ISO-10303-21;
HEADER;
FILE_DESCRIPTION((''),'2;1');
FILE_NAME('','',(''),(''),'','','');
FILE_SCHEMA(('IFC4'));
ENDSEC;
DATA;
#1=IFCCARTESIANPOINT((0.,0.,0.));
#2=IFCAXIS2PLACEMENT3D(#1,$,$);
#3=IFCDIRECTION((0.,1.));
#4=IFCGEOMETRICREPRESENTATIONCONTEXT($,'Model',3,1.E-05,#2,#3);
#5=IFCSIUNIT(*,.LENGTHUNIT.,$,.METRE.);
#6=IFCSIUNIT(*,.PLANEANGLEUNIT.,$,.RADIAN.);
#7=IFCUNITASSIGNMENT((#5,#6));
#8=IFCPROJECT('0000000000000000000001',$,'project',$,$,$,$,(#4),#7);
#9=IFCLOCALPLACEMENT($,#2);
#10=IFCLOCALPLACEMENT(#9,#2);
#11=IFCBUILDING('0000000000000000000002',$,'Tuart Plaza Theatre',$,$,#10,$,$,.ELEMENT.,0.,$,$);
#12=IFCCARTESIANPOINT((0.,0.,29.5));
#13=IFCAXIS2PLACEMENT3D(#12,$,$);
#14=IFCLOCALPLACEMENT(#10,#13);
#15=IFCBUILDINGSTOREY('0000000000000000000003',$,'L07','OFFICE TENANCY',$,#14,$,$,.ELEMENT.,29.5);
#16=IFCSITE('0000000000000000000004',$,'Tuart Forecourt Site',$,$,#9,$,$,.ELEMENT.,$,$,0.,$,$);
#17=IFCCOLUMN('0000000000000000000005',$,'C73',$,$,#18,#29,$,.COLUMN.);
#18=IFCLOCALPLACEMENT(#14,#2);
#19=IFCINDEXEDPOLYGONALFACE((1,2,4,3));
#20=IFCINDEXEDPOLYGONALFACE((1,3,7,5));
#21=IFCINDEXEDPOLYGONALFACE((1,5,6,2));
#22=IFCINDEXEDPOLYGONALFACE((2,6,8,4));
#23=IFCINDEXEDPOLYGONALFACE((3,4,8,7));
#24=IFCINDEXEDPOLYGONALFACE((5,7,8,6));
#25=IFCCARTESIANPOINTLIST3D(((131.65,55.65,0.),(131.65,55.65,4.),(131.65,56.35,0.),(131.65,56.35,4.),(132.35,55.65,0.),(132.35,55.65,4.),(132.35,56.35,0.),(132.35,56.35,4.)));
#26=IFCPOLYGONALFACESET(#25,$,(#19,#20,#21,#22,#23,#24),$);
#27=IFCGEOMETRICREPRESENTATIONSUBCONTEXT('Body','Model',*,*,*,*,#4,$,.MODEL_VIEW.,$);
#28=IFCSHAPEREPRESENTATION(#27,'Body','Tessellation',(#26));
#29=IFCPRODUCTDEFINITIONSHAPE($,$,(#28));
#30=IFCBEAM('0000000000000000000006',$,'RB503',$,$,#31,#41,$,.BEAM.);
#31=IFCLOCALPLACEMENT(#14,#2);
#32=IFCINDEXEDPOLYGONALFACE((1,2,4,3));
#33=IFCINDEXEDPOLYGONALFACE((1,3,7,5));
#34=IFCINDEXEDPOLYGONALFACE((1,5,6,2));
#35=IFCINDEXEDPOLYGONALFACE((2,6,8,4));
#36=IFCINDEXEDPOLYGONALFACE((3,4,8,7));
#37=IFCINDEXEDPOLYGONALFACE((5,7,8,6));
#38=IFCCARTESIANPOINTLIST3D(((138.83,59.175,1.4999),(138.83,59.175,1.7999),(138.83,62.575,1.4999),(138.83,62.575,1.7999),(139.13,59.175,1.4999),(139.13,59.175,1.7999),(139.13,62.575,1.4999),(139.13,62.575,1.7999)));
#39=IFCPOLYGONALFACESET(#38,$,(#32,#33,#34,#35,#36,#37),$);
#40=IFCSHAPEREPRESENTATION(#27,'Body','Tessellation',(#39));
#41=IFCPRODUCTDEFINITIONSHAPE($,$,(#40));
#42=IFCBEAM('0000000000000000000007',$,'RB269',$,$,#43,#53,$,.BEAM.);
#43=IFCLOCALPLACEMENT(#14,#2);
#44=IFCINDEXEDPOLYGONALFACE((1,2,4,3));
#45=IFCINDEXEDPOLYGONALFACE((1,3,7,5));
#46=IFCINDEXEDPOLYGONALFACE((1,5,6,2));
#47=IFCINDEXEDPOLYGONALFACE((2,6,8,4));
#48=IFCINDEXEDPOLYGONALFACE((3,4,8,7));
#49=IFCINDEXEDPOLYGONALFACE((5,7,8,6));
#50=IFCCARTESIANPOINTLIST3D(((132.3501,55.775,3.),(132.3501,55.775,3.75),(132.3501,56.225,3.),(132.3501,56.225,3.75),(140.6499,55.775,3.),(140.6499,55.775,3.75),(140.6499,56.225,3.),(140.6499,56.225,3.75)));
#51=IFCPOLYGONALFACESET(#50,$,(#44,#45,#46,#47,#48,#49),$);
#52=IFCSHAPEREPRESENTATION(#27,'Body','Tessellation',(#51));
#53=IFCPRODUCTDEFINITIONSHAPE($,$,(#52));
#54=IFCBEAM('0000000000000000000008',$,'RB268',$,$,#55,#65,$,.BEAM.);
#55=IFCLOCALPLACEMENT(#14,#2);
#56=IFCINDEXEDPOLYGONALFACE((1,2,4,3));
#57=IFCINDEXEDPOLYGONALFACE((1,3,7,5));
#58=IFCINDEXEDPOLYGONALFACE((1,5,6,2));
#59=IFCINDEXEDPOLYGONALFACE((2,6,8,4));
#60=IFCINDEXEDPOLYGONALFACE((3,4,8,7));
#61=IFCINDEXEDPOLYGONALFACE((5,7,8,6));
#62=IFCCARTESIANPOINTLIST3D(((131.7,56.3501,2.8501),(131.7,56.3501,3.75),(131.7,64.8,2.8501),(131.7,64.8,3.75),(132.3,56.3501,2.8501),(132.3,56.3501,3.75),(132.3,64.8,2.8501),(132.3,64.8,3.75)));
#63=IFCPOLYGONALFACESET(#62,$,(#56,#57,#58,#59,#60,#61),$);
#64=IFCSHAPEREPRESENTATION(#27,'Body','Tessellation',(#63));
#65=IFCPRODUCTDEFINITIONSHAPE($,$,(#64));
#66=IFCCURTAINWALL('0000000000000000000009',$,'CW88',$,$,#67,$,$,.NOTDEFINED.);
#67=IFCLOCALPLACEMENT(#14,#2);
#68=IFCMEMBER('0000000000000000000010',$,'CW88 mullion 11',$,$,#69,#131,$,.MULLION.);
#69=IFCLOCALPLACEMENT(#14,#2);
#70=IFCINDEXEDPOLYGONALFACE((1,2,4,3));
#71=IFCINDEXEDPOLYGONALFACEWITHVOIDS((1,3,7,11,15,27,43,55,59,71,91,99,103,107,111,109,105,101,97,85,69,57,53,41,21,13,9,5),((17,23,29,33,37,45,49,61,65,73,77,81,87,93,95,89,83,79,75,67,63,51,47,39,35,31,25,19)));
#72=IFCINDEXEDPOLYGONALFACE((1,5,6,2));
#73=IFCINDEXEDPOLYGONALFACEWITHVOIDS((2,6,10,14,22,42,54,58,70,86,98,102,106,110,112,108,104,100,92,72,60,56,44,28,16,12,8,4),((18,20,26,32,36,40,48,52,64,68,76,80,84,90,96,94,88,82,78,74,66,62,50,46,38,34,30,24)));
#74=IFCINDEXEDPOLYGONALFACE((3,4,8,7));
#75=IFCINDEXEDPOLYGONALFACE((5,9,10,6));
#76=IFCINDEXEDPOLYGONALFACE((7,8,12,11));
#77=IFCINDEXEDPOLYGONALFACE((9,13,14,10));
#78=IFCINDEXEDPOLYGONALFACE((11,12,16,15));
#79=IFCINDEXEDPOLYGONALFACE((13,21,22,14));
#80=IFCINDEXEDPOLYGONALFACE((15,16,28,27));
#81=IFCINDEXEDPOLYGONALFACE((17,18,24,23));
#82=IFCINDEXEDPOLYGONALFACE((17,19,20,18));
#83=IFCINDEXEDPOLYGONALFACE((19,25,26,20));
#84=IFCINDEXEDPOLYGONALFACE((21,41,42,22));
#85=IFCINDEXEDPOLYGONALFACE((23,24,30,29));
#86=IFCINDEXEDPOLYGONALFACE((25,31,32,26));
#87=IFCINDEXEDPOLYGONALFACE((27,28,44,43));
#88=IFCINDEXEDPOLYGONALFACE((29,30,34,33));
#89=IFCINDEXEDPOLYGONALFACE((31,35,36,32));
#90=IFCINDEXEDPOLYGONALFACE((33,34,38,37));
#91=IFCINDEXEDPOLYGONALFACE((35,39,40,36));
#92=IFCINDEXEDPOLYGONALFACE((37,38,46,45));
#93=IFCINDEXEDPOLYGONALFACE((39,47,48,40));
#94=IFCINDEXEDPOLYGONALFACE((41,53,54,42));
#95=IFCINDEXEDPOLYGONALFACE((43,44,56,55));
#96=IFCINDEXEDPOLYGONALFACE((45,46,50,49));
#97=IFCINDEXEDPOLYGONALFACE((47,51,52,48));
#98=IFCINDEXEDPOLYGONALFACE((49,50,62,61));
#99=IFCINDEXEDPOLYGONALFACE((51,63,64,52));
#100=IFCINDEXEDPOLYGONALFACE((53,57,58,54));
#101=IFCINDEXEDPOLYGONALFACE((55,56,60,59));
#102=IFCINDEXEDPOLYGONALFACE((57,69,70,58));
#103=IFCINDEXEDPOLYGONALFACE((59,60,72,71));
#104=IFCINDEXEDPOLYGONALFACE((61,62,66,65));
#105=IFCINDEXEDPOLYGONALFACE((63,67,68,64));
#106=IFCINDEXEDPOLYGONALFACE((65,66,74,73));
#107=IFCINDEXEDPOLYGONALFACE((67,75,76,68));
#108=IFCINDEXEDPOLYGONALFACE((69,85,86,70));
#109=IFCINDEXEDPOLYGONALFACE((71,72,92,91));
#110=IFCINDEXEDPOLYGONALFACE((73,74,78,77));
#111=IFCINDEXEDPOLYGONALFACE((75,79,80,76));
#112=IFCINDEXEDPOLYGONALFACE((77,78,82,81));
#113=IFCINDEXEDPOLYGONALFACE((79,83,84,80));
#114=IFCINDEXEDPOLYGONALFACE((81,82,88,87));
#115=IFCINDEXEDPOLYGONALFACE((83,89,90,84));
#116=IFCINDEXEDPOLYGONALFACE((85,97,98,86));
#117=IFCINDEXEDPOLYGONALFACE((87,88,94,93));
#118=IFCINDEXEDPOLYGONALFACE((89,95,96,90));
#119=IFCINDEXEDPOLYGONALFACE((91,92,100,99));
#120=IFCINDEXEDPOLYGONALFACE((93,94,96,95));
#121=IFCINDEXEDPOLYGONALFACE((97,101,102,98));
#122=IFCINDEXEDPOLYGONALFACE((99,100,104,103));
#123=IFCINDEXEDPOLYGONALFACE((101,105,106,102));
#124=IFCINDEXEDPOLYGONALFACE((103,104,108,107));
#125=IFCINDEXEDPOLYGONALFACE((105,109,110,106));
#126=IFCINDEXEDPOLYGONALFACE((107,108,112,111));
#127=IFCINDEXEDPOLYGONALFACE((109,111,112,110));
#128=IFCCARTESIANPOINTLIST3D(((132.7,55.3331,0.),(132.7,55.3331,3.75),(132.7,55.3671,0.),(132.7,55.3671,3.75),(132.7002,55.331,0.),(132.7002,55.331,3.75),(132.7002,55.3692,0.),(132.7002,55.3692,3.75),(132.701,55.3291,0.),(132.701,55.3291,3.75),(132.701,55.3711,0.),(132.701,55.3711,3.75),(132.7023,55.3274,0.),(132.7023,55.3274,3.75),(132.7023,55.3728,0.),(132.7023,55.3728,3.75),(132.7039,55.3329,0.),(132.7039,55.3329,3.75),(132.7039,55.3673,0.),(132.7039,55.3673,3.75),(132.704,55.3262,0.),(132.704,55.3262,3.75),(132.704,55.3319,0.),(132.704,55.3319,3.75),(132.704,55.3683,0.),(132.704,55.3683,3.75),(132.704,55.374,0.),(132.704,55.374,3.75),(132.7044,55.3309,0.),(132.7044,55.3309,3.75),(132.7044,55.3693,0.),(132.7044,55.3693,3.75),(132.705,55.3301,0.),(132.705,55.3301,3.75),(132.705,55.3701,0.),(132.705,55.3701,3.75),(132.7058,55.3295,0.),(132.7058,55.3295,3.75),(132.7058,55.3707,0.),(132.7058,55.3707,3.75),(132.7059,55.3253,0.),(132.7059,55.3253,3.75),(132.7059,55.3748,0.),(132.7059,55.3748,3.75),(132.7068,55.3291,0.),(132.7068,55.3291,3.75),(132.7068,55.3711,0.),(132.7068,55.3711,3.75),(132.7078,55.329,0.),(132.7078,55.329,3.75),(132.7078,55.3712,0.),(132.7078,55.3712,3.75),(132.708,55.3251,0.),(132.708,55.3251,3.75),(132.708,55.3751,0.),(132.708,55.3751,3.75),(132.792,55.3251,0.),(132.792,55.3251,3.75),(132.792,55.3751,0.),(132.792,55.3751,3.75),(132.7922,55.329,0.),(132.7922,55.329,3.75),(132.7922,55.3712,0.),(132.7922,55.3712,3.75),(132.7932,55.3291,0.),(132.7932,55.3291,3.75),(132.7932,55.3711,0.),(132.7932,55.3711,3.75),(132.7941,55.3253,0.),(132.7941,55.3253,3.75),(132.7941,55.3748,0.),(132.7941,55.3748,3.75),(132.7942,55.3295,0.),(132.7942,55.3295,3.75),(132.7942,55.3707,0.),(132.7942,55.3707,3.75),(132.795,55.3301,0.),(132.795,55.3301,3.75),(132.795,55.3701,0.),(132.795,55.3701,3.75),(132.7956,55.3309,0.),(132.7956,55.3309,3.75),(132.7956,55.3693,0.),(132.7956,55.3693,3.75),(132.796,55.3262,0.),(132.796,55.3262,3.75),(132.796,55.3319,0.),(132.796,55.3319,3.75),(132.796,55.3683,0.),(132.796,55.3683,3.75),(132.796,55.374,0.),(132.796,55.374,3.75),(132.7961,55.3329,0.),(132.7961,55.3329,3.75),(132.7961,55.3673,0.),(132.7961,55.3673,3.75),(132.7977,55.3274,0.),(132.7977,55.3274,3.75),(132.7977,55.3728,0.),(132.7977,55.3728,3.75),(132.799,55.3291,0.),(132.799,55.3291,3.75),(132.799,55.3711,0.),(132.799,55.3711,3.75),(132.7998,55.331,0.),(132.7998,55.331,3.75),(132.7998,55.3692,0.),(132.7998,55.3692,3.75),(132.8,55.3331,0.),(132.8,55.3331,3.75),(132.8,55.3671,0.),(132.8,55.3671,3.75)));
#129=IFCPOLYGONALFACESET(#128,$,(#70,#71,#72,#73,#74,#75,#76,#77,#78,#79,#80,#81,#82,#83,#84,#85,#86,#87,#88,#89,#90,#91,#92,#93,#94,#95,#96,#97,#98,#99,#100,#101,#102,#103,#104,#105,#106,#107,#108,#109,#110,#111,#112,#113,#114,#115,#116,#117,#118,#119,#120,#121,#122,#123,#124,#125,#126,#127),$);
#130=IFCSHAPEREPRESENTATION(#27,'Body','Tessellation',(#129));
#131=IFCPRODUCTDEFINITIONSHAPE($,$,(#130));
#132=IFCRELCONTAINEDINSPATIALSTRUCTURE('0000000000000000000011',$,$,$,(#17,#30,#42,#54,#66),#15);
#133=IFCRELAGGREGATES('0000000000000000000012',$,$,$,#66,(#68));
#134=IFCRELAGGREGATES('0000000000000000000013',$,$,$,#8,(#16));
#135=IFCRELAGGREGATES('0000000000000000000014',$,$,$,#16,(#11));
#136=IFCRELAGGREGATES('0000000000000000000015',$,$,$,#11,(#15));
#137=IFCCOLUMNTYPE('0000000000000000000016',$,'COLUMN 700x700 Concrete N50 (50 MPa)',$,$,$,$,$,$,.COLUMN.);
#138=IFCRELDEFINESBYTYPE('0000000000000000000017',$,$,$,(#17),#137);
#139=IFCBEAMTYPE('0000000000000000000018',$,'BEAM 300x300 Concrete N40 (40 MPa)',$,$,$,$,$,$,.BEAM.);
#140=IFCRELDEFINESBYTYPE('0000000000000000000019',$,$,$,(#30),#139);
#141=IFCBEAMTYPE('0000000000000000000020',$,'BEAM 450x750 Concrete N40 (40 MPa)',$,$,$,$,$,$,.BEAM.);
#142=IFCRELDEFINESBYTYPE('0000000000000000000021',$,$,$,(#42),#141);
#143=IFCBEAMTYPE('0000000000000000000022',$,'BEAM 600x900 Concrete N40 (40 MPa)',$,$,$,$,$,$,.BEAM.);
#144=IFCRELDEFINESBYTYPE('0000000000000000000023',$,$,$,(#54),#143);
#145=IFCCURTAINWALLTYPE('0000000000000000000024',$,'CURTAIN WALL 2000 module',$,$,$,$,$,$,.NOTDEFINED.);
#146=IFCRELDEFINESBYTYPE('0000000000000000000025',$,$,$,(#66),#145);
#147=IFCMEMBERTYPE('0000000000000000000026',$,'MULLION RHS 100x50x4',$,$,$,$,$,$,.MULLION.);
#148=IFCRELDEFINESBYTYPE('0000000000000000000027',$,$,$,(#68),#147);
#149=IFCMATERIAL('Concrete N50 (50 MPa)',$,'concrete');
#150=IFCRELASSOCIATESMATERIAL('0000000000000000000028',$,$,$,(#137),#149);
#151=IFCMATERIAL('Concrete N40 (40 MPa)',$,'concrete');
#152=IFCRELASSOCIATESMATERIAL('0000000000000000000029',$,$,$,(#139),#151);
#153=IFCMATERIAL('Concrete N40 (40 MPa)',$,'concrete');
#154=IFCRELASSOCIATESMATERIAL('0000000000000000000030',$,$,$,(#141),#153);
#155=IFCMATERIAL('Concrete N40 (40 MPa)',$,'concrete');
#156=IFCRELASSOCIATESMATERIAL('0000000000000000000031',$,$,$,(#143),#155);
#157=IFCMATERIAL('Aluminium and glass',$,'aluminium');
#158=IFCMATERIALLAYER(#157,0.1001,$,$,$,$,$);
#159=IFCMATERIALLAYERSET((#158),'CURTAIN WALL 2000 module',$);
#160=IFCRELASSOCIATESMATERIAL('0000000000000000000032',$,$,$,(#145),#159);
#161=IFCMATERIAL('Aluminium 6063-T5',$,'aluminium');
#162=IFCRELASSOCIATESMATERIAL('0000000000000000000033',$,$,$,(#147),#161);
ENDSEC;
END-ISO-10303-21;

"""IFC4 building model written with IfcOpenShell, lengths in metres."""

from ifc_helpers import new_model, si_unit, direction, frame, origin, origin_2d, place, context, subcontext, project, spatial, rectangle, hollow_rectangle, extrude, material, layer, layer_set, material_profile, profile_set, type_object, element, aggregate, save


model = new_model("IFC4")

# Units and contexts
model_context = context("Model", 3, precision=1e-05, world=origin(), true_north=direction((0.0, 1.0)))
body_context = subcontext(model_context, "Body", "Model", "MODEL_VIEW")
ifc_project = project(units=[si_unit("LENGTHUNIT", "METRE"), si_unit("PLANEANGLEUNIT", "RADIAN")], contexts=[model_context])

# Site, building, storey
site_placement = place(None, origin())
site = spatial("IfcSite", under=ifc_project, at=site_placement, Name="Tuart Forecourt Site", CompositionType="ELEMENT", RefElevation=0.0)
building_placement = place(site_placement, origin())
building = spatial("IfcBuilding", under=site, at=building_placement, Name="Tuart Plaza Theatre", CompositionType="ELEMENT", ElevationOfRefHeight=0.0)
storey_placement = place(building_placement, frame((0.0, 0.0, 29.5)))
storey = spatial("IfcBuildingStorey", under=building, at=storey_placement, Name="L07", Description="OFFICE TENANCY", CompositionType="ELEMENT", Elevation=29.5)

# Column
ifc_material_1 = material(Name="Concrete N50 (50 MPa)", Category="concrete")
ifc_material_profile_1 = material_profile(ifc_material_1, rectangle(XDim=0.7, YDim=0.7, at=origin_2d()), Name="COLUMN 700x700 Concrete N50 (50 MPa)")
ifc_profile_set_1 = profile_set([ifc_material_profile_1], Name="Concrete N50 (50 MPa)")
column_type = type_object("IfcColumnType", Name="COLUMN 700x700 Concrete N50 (50 MPa)", PredefinedType="COLUMN", material=ifc_profile_set_1)
column_placement = place(storey_placement, frame((132.0, 56.0, 0.0), z_axis=(0.0, 0.0, 1.0), x_axis=(1.0, 0.0, 0.0)))
element("IfcColumn", 1, at=column_placement, inside=storey, type_object=column_type, Name="C73", PredefinedType="COLUMN", context=body_context, shape_type="SweptSolid", body=[
    extrude(rectangle(XDim=0.7, YDim=0.7, at=origin_2d()), origin(), (0.0, 0.0, 1.0), 4.0),
])

# Beams
ifc_material_2 = material(Name="Concrete N40 (40 MPa)", Category="concrete")
ifc_material_profile_2 = material_profile(ifc_material_2, rectangle(XDim=0.3, YDim=0.3, at=origin_2d()), Name="BEAM 300x300 Concrete N40 (40 MPa)")
ifc_profile_set_2 = profile_set([ifc_material_profile_2], Name="Concrete N40 (40 MPa)")
beam_type_1 = type_object("IfcBeamType", Name="BEAM 300x300 Concrete N40 (40 MPa)", PredefinedType="BEAM", material=ifc_profile_set_2)
beam_1_placement = place(storey_placement, frame((138.98, 59.175, 1.6499), z_axis=(0.0, 1.0, 0.0), x_axis=(-1.0, 0.0, 0.0)))
element("IfcBeam", 2, at=beam_1_placement, inside=storey, type_object=beam_type_1, Name="RB503", PredefinedType="BEAM", context=body_context, shape_type="SweptSolid", body=[
    extrude(rectangle(XDim=0.3, YDim=0.3, at=origin_2d()), origin(), (0.0, 0.0, 1.0), 3.3999),
])
ifc_material_3 = material(Name="Concrete N40 (40 MPa)", Category="concrete")
ifc_material_profile_3 = material_profile(ifc_material_3, rectangle(XDim=0.45, YDim=0.75, at=origin_2d()), Name="BEAM 450x750 Concrete N40 (40 MPa)")
ifc_profile_set_3 = profile_set([ifc_material_profile_3], Name="Concrete N40 (40 MPa)")
beam_type_2 = type_object("IfcBeamType", Name="BEAM 450x750 Concrete N40 (40 MPa)", PredefinedType="BEAM", material=ifc_profile_set_3)
beam_2_placement = place(storey_placement, frame((132.3501, 56.0, 3.375), z_axis=(1.0, 0.0, 0.0), x_axis=(0.0, 1.0, 0.0)))
element("IfcBeam", 3, at=beam_2_placement, inside=storey, type_object=beam_type_2, Name="RB269", PredefinedType="BEAM", context=body_context, shape_type="SweptSolid", body=[
    extrude(rectangle(XDim=0.45, YDim=0.75, at=origin_2d()), origin(), (0.0, 0.0, 1.0), 8.2998),
])
ifc_material_4 = material(Name="Concrete N40 (40 MPa)", Category="concrete")
ifc_material_profile_4 = material_profile(ifc_material_4, rectangle(XDim=0.6001, YDim=0.8999, at=origin_2d()), Name="BEAM 600x900 Concrete N40 (40 MPa)")
ifc_profile_set_4 = profile_set([ifc_material_profile_4], Name="Concrete N40 (40 MPa)")
beam_type_3 = type_object("IfcBeamType", Name="BEAM 600x900 Concrete N40 (40 MPa)", PredefinedType="BEAM", material=ifc_profile_set_4)
beam_3_placement = place(storey_placement, frame((132.0, 56.3501, 3.3), z_axis=(0.0, 1.0, 0.0), x_axis=(-1.0, 0.0, 0.0)))
element("IfcBeam", 4, at=beam_3_placement, inside=storey, type_object=beam_type_3, Name="RB268", PredefinedType="BEAM", context=body_context, shape_type="SweptSolid", body=[
    extrude(rectangle(XDim=0.6001, YDim=0.8999, at=origin_2d()), origin(), (0.0, 0.0, 1.0), 8.45),
])

# Curtain wall, member
ifc_material_5 = material(Name="Aluminium and glass", Category="aluminium")
ifc_layer_1 = layer(ifc_material_5, 0.1001)
ifc_layer_set_1 = layer_set([ifc_layer_1], Name="CURTAIN WALL 2000 module")
curtain_wall_type = type_object("IfcCurtainWallType", Name="CURTAIN WALL 2000 module", PredefinedType="NOTDEFINED", material=ifc_layer_set_1)
curtain_wall_1_placement = place(storey_placement, origin())
curtain_wall_1 = element("IfcCurtainWall", 5, at=curtain_wall_1_placement, inside=storey, type_object=curtain_wall_type, Name="CW88", PredefinedType="NOTDEFINED")
ifc_material_6 = material(Name="Aluminium 6063-T5", Category="aluminium")
ifc_material_profile_5 = material_profile(ifc_material_6, hollow_rectangle(XDim=0.05, YDim=0.1001, WallThickness=0.0039, InnerFilletRadius=0.0039, OuterFilletRadius=0.0081, at=origin_2d()), Name="RHS 100x50x4")
ifc_profile_set_5 = profile_set([ifc_material_profile_5], Name="Aluminium 6063-T5")
member_type_1 = type_object("IfcMemberType", Name="MULLION RHS 100x50x4", PredefinedType="MULLION", material=ifc_profile_set_5)
member_1_placement = place(storey_placement, frame((132.75, 55.3501, 0.0), z_axis=(0.0, 0.0, 1.0), x_axis=(0.0, 1.0, 0.0)))
member_1 = element("IfcMember", 6, at=member_1_placement, type_object=member_type_1, Name="CW88 mullion 11", PredefinedType="MULLION", context=body_context, shape_type="SweptSolid", body=[
    extrude(hollow_rectangle(XDim=0.05, YDim=0.1001, WallThickness=0.0039, InnerFilletRadius=0.0039, OuterFilletRadius=0.0081, at=origin_2d()), origin(), (0.0, 0.0, 1.0), 3.75),
])

aggregate(curtain_wall_1, [member_1])

save(model, "model.ifc")
